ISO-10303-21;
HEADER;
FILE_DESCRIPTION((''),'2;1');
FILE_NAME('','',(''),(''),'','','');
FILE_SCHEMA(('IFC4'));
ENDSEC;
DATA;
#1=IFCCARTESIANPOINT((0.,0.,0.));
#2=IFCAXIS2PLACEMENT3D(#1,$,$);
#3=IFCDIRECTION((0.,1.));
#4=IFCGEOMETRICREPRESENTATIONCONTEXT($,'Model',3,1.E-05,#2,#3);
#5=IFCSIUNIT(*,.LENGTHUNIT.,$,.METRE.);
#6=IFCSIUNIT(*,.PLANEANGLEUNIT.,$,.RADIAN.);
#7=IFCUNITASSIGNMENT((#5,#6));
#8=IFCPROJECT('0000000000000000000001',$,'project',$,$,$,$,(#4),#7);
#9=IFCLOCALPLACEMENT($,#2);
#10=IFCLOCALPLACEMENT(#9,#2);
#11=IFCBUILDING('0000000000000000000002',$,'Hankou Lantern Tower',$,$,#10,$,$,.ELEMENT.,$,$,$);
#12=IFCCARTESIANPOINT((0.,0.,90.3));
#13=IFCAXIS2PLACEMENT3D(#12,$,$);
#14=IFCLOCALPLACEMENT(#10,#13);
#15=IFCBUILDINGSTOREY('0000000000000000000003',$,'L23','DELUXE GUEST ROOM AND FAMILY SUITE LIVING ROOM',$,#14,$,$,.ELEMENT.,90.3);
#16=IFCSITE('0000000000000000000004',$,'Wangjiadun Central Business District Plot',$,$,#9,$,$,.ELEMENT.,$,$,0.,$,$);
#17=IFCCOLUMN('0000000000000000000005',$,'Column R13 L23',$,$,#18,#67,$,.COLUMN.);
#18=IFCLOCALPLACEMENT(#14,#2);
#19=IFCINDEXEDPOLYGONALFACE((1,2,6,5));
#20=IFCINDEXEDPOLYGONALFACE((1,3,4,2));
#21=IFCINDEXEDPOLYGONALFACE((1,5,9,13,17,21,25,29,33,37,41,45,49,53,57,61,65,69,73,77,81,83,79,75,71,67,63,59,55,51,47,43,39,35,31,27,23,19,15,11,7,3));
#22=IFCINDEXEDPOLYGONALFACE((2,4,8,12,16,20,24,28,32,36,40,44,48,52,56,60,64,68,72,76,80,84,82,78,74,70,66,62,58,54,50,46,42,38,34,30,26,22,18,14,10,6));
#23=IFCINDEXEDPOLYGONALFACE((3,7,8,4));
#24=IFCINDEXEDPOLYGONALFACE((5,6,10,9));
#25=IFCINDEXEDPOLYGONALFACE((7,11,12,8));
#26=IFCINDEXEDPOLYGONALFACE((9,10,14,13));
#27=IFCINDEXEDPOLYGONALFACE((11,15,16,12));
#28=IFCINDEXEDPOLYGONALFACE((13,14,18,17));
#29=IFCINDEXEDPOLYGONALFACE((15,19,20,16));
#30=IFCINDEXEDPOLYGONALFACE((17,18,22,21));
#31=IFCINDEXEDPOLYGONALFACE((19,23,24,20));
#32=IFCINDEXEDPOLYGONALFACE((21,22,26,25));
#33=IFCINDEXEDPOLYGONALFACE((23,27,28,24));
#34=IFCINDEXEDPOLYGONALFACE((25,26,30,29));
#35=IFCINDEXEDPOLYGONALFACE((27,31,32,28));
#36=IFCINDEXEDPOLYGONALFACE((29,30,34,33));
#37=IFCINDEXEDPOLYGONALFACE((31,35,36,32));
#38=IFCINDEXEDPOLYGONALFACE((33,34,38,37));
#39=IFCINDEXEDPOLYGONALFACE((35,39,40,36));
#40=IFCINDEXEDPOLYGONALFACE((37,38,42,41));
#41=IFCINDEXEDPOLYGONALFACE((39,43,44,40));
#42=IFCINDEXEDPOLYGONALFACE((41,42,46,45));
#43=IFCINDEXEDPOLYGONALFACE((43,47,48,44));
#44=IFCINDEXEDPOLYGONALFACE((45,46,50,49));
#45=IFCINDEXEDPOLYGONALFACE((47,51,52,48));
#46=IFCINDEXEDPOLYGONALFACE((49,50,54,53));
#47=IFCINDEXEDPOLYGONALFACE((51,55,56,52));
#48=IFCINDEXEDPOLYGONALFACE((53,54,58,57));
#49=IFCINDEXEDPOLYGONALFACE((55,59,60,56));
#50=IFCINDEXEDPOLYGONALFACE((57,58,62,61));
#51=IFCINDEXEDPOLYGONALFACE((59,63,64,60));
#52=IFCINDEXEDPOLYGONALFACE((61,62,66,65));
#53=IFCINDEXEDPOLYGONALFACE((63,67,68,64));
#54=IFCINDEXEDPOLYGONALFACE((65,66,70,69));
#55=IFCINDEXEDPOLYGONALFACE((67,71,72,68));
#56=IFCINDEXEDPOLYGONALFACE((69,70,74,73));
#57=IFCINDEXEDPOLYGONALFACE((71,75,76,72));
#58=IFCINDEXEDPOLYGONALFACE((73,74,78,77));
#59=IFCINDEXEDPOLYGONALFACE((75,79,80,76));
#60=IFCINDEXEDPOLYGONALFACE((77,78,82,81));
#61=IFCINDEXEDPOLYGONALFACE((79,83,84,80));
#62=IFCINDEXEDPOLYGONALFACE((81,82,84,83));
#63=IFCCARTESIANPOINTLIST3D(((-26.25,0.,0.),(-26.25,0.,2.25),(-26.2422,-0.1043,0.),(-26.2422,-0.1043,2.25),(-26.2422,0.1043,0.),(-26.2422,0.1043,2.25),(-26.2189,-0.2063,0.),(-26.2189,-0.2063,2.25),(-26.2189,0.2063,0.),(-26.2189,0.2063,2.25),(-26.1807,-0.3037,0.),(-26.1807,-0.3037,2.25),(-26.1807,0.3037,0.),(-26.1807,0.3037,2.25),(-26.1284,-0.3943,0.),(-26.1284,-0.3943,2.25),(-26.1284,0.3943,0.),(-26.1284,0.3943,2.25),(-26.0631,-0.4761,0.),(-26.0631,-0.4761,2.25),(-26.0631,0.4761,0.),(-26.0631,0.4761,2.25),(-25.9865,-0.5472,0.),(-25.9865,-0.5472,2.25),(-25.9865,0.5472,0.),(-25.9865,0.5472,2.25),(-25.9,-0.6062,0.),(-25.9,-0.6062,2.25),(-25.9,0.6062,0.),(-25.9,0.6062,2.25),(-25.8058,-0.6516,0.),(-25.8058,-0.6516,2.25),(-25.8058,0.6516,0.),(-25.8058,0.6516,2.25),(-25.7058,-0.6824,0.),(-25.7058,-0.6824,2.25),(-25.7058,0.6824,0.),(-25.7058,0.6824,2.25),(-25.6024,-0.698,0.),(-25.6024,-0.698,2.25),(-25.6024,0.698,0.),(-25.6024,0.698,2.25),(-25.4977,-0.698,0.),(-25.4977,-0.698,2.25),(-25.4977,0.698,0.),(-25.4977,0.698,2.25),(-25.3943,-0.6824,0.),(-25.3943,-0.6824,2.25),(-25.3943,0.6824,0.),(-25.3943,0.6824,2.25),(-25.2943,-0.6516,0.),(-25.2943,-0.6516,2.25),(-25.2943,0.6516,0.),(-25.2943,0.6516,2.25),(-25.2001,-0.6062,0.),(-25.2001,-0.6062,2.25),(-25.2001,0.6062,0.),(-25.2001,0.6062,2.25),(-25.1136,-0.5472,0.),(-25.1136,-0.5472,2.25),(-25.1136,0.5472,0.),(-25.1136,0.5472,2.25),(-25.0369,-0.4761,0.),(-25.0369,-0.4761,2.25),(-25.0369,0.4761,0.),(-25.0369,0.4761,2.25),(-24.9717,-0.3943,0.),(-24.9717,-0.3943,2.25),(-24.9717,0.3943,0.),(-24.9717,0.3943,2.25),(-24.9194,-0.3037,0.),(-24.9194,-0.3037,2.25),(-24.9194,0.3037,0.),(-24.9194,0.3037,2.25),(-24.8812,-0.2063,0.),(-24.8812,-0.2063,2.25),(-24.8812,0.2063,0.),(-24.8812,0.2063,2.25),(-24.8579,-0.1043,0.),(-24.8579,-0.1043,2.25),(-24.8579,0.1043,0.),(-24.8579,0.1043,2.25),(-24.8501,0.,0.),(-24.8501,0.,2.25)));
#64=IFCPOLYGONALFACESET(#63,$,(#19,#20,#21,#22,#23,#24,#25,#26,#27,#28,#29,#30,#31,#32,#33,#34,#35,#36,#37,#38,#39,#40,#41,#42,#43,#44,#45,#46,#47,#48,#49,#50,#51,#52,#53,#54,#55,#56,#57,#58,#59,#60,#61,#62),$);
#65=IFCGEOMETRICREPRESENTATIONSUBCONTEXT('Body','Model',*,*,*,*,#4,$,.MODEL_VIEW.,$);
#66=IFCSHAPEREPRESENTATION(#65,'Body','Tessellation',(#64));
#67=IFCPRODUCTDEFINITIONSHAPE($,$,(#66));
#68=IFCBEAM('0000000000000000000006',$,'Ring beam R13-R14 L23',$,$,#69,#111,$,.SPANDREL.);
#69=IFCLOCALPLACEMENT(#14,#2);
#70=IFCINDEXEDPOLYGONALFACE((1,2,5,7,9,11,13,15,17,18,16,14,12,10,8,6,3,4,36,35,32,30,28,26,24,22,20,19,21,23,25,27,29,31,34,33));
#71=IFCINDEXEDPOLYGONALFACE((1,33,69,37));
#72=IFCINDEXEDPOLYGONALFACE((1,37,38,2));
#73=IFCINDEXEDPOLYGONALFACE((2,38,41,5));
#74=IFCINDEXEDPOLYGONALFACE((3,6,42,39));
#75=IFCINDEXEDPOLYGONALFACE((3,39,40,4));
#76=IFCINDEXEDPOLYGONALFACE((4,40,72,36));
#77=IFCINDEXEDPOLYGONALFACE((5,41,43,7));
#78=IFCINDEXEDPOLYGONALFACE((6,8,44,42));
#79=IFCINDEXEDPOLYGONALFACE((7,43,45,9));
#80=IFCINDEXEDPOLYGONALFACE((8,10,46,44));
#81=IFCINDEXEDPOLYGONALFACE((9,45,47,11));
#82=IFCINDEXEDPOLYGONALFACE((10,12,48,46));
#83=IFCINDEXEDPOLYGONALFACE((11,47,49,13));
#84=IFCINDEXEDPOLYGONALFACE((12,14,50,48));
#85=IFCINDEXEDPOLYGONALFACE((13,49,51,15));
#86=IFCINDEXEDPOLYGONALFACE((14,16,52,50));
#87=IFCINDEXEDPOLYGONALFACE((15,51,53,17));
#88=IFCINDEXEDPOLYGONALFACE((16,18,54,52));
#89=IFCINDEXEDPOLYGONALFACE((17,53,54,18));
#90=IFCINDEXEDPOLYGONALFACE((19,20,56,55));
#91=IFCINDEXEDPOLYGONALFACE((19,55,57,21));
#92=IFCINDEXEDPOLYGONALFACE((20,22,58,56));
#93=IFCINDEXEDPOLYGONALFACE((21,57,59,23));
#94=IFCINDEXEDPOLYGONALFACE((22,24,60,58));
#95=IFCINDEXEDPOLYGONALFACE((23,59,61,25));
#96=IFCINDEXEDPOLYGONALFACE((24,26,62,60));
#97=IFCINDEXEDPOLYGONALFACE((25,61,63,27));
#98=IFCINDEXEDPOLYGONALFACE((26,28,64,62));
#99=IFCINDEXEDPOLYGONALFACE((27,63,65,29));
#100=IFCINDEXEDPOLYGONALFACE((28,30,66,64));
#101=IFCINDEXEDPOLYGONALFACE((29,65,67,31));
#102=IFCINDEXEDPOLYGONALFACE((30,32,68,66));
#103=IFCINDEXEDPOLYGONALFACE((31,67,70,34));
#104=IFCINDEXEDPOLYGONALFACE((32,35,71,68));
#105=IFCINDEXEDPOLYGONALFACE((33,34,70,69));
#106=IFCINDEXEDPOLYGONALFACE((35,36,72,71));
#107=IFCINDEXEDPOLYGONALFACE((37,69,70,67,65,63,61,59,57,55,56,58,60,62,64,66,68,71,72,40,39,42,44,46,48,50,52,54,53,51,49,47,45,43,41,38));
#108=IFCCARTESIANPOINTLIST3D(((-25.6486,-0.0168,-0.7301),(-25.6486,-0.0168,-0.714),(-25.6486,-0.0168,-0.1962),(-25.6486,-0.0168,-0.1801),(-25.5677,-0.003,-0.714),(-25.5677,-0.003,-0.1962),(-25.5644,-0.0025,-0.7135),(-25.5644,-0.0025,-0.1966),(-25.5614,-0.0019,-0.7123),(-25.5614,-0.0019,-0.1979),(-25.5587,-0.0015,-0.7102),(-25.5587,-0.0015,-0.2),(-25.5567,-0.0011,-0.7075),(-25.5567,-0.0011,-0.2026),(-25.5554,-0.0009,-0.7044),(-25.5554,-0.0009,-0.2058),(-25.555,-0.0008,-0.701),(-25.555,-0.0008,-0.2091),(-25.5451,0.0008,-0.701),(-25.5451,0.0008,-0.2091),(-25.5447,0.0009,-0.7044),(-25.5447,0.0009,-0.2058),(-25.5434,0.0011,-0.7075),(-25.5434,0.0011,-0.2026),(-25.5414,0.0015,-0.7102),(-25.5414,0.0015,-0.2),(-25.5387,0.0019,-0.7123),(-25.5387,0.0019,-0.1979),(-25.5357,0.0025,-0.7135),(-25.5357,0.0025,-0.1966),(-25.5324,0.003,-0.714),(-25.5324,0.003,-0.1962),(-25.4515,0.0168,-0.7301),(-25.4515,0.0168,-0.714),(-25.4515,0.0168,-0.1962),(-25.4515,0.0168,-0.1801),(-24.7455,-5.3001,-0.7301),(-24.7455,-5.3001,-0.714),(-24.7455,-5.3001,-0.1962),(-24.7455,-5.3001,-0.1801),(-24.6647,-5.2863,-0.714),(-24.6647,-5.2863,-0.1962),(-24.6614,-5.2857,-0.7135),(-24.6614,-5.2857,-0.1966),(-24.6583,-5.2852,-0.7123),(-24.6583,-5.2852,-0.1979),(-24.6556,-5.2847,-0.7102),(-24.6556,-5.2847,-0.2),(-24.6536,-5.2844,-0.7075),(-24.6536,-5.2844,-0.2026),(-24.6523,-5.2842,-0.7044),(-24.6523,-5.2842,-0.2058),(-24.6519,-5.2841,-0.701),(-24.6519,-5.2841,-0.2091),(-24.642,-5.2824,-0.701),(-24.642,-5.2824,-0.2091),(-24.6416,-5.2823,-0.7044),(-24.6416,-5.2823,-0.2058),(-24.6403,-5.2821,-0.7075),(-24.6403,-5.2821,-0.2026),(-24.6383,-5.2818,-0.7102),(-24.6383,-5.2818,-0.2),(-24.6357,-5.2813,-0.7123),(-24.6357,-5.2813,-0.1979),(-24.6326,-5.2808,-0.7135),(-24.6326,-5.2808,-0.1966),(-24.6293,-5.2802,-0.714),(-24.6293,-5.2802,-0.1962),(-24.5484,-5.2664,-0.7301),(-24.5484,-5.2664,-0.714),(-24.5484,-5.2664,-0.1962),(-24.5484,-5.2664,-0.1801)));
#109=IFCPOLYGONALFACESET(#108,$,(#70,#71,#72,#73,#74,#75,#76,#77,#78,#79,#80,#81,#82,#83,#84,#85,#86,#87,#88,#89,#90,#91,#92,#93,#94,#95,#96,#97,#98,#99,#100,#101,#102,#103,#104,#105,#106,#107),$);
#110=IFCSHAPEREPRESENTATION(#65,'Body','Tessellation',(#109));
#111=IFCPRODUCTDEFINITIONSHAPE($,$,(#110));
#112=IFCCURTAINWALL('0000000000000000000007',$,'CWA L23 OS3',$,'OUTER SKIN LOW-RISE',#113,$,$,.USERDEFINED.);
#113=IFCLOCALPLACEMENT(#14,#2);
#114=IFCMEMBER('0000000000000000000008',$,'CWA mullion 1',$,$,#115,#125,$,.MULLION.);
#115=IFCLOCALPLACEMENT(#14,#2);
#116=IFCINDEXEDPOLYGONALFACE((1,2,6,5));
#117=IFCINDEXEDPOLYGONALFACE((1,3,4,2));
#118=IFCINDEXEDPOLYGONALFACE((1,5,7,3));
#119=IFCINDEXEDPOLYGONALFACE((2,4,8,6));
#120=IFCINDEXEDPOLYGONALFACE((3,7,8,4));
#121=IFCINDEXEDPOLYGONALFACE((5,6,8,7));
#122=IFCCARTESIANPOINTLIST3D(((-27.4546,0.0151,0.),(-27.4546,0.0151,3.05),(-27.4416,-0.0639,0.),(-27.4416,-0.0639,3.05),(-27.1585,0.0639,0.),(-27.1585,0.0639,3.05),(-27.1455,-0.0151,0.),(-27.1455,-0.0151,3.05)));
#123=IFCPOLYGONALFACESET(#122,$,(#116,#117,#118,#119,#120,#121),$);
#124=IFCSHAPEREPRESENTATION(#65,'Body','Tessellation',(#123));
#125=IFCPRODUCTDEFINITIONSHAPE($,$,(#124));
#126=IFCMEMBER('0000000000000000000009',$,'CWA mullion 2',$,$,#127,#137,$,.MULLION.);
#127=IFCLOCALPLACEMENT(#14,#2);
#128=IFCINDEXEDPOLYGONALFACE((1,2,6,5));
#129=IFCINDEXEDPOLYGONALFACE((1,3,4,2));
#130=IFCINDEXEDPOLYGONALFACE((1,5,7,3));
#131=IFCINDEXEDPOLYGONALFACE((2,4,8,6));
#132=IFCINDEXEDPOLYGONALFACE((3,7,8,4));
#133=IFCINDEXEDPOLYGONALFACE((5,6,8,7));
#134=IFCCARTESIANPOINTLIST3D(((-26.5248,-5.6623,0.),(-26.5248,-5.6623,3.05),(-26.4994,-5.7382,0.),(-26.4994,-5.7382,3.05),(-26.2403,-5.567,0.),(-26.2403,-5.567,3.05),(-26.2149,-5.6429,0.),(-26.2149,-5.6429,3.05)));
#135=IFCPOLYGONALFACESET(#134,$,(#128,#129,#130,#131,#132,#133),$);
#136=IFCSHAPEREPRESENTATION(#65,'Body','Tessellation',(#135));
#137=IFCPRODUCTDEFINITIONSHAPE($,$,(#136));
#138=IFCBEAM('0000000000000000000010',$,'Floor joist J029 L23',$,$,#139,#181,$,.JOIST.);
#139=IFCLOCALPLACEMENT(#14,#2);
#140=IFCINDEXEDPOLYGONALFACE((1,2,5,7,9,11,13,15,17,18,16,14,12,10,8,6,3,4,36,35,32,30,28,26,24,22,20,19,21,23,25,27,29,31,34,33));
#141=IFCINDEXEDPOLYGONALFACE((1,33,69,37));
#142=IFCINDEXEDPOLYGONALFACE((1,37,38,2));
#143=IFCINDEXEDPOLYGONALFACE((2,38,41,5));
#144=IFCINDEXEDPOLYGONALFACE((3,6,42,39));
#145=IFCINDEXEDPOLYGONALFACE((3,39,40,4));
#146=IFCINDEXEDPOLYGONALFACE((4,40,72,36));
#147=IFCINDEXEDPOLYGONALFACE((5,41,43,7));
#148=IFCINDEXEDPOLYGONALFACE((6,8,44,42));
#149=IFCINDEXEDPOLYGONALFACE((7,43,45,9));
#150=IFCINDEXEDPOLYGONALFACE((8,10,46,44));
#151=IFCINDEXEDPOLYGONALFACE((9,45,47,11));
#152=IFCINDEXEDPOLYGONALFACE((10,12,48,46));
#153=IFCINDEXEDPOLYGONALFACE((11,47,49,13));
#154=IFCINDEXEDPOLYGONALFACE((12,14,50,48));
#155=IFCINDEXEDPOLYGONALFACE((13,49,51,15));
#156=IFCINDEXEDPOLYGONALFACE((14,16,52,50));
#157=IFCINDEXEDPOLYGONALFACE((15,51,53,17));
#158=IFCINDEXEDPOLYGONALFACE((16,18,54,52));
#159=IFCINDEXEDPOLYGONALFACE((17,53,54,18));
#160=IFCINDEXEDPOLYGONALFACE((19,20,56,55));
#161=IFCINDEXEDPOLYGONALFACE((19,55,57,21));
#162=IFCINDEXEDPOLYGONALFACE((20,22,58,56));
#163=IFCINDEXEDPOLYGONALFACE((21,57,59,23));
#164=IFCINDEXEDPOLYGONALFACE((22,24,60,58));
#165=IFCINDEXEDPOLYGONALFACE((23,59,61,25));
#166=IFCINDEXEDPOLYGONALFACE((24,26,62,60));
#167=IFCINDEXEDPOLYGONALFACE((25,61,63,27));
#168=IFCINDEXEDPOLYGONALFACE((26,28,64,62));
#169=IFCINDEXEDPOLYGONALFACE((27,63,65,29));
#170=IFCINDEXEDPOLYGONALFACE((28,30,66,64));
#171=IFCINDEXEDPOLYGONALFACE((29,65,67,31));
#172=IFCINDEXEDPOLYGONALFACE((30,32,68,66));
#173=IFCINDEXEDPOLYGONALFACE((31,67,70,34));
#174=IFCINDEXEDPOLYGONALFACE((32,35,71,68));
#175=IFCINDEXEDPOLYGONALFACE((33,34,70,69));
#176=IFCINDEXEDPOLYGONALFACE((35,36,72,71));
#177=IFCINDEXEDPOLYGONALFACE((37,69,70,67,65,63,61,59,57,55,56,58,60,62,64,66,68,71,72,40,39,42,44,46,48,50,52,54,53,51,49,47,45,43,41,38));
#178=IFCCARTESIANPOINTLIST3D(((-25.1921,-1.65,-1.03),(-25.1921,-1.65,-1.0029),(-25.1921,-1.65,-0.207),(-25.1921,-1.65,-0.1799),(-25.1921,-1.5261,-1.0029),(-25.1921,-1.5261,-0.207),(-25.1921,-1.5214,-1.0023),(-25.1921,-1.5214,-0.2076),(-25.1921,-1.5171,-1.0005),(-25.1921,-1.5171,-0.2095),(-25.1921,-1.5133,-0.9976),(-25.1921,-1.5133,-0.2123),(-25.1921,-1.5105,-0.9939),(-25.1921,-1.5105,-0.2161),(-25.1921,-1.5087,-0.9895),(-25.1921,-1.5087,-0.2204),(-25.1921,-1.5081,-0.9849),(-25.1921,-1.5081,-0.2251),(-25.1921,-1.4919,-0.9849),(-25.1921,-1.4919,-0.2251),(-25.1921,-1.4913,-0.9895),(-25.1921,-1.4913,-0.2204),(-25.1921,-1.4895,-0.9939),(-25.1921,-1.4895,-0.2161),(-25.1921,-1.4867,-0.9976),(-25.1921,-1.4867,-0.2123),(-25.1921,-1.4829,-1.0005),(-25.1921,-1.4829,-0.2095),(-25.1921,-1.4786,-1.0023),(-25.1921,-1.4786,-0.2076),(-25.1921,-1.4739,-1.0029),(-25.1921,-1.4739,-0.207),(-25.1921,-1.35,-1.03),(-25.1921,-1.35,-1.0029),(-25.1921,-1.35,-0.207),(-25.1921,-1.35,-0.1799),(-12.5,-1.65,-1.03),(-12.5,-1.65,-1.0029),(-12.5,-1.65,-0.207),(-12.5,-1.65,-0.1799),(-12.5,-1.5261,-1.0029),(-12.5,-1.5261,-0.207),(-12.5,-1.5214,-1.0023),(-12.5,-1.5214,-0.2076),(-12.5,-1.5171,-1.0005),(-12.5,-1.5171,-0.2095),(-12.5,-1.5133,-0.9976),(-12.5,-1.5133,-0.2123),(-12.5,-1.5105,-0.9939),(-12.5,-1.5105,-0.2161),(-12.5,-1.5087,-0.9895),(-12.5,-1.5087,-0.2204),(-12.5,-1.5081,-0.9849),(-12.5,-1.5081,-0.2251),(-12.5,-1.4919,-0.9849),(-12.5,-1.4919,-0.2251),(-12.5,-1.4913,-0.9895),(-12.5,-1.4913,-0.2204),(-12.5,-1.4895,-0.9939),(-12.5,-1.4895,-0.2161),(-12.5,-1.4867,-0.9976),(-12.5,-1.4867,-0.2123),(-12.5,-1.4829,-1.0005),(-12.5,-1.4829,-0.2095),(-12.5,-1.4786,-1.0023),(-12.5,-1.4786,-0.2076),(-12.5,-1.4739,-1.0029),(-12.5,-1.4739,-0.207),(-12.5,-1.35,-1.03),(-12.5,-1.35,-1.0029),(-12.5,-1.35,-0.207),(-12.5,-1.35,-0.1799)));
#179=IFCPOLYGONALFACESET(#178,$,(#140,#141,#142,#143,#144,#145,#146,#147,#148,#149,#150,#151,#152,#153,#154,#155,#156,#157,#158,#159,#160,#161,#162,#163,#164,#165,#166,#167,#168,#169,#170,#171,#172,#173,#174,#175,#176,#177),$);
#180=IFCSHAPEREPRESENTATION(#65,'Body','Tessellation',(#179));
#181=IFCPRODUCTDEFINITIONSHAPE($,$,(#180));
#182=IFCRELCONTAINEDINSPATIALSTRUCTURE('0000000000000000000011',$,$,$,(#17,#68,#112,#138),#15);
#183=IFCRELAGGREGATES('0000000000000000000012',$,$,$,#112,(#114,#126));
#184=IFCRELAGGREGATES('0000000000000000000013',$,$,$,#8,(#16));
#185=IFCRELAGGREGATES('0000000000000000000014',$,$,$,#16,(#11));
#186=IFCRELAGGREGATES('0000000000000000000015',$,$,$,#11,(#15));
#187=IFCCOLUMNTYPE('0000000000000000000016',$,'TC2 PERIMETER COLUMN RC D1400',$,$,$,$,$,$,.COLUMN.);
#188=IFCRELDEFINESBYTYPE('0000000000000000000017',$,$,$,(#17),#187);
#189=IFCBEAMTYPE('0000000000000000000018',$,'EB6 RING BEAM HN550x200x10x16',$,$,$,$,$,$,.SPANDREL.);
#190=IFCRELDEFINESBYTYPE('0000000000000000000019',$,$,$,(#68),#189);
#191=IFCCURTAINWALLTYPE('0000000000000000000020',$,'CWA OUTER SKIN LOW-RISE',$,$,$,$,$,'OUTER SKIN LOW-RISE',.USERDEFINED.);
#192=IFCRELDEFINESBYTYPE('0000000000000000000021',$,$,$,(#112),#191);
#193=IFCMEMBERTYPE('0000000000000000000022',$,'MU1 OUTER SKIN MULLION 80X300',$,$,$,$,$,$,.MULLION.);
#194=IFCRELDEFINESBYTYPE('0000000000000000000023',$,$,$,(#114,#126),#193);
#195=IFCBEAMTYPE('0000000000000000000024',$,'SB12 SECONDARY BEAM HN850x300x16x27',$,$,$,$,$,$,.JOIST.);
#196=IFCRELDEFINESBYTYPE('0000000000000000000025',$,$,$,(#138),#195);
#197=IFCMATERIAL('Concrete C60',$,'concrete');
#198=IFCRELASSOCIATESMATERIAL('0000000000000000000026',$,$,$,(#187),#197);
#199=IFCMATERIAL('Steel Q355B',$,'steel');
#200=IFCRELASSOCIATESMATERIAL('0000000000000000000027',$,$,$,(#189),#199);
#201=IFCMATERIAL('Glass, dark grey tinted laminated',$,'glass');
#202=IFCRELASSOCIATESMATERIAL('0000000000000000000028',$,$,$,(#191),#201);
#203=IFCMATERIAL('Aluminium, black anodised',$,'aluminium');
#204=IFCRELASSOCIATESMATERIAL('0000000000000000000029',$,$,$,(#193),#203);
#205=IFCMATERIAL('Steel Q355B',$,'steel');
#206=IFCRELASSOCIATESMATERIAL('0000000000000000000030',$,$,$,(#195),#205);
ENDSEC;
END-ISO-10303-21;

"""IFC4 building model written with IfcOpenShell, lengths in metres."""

from ifc_helpers import new_model, si_unit, direction, frame, origin, origin_2d, place, context, subcontext, project, spatial, rectangle, circle, i_section, extrude, clip, halfspace, material, material_profile, profile_set, type_object, element, aggregate, save


model = new_model("IFC4")

# Units and contexts
model_context = context("Model", 3, precision=1e-05, world=origin(), true_north=direction((0.0, 1.0)))
body_context = subcontext(model_context, "Body", "Model", "MODEL_VIEW")
ifc_project = project(units=[si_unit("LENGTHUNIT", "METRE"), si_unit("PLANEANGLEUNIT", "RADIAN")], contexts=[model_context])

# Site, building, storey
site_placement = place(None, origin())
site = spatial("IfcSite", under=ifc_project, at=site_placement, Name="Wangjiadun Central Business District Plot", CompositionType="ELEMENT", RefElevation=0.0)
building_placement = place(site_placement, origin())
building = spatial("IfcBuilding", under=site, at=building_placement, Name="Hankou Lantern Tower", CompositionType="ELEMENT")
storey_placement = place(building_placement, frame((0.0, 0.0, 90.3)))
storey = spatial("IfcBuildingStorey", under=building, at=storey_placement, Name="L23", Description="DELUXE GUEST ROOM AND FAMILY SUITE LIVING ROOM", CompositionType="ELEMENT", Elevation=90.3)

# Column
ifc_material_1 = material(Name="Concrete C60", Category="concrete")
ifc_material_profile_1 = material_profile(ifc_material_1, circle(Radius=0.7, at=origin_2d()), Name="RC D1400")
ifc_profile_set_1 = profile_set([ifc_material_profile_1], Name="Concrete C60")
column_type = type_object("IfcColumnType", Name="TC2 PERIMETER COLUMN RC D1400", PredefinedType="COLUMN", material=ifc_profile_set_1)
column_placement = place(storey_placement, frame((-25.55, 0.0, 0.0), z_axis=(0.0, 0.0, 1.0), x_axis=(1.0, 0.0, 0.0)))
element("IfcColumn", 1, at=column_placement, inside=storey, type_object=column_type, Name="Column R13 L23", PredefinedType="COLUMN", context=body_context, shape_type="Clipping", body=[
    clip(extrude(circle(Radius=0.7, at=origin_2d()), origin(), (0.0, 0.0, 1.0), 3.3), halfspace(frame((0.0, 0.0, 2.25), z_axis=(0.0, 0.0, 1.0), x_axis=(1.0, 0.0, 0.0)), False)),
])

# Beam
ifc_material_2 = material(Name="Steel Q355B", Category="steel")
ifc_material_profile_2 = material_profile(ifc_material_2, i_section(OverallWidth=0.2, OverallDepth=0.55, WebThickness=0.01, FlangeThickness=0.0161, FilletRadius=0.0129, at=origin_2d()), Name="HN550x200x10x16")
ifc_profile_set_2 = profile_set([ifc_material_profile_2], Name="Steel Q355B")
beam_type_1 = type_object("IfcBeamType", Name="EB6 RING BEAM HN550x200x10x16", PredefinedType="SPANDREL", material=ifc_profile_set_2)
beam_placement = place(storey_placement, frame((-25.55, 0.0, -0.4551), z_axis=(0.16849, -0.985703, 0.0), x_axis=(0.985703, 0.16849, 0.0)))
element("IfcBeam", 2, at=beam_placement, inside=storey, type_object=beam_type_1, Name="Ring beam R13-R14 L23", PredefinedType="SPANDREL", context=body_context, shape_type="SweptSolid", body=[
    extrude(i_section(OverallWidth=0.2, OverallDepth=0.55, WebThickness=0.01, FlangeThickness=0.0161, FilletRadius=0.0129, at=origin_2d()), origin(), (0.0, 0.0, 1.0), 5.3599),
])

# Curtain wall, members
ifc_material_3 = material(Name="Glass, dark grey tinted laminated", Category="glass")
curtain_wall_type = type_object("IfcCurtainWallType", Name="CWA OUTER SKIN LOW-RISE", ElementType="OUTER SKIN LOW-RISE", PredefinedType="USERDEFINED", material=ifc_material_3)
curtain_wall_1_placement = place(storey_placement, origin())
curtain_wall_1 = element("IfcCurtainWall", 3, at=curtain_wall_1_placement, inside=storey, type_object=curtain_wall_type, Name="CWA L23 OS3", ObjectType="OUTER SKIN LOW-RISE", PredefinedType="USERDEFINED")
ifc_material_4 = material(Name="Aluminium, black anodised", Category="aluminium")
ifc_material_profile_3 = material_profile(ifc_material_4, rectangle(XDim=0.0801, YDim=0.3, at=origin_2d()), Name="MU1 80X300")
ifc_profile_set_3 = profile_set([ifc_material_profile_3], Name="Aluminium, black anodised")
member_type_1 = type_object("IfcMemberType", Name="MU1 OUTER SKIN MULLION 80X300", PredefinedType="MULLION", material=ifc_profile_set_3)
member_1_placement = place(storey_placement, frame((-27.3, 0.0, 0.0), z_axis=(0.0, 0.0, 1.0), x_axis=(0.162382, -0.986728, 0.0)))
member_1 = element("IfcMember", 4, at=member_1_placement, type_object=member_type_1, Name="CWA mullion 1", PredefinedType="MULLION", context=body_context, shape_type="SweptSolid", body=[
    extrude(rectangle(XDim=0.0801, YDim=0.3, at=origin_2d()), origin(), (0.0, 0.0, 1.0), 3.05),
])
member_2_placement = place(storey_placement, frame((-26.3699, -5.6526, 0.0), z_axis=(0.0, 0.0, 1.0), x_axis=(0.317596, -0.948226, 0.0)))
member_2 = element("IfcMember", 5, at=member_2_placement, type_object=member_type_1, Name="CWA mullion 2", PredefinedType="MULLION", context=body_context, shape_type="SweptSolid", body=[
    extrude(rectangle(XDim=0.0801, YDim=0.3, at=origin_2d()), origin(), (0.0, 0.0, 1.0), 3.05),
])

# Beam
ifc_material_5 = material(Name="Steel Q355B", Category="steel")
ifc_material_profile_4 = material_profile(ifc_material_5, i_section(OverallWidth=0.3, OverallDepth=0.8501, WebThickness=0.0161, FlangeThickness=0.0271, FilletRadius=0.0181, at=origin_2d()), Name="HN850x300x16x27")
ifc_profile_set_4 = profile_set([ifc_material_profile_4], Name="Steel Q355B")
beam_type_2 = type_object("IfcBeamType", Name="SB12 SECONDARY BEAM HN850x300x16x27", PredefinedType="JOIST", material=ifc_profile_set_4)
for number, where, z_axis, x_axis, name in (
    (6, (-25.1921, -1.5, -0.605), (1.0, 0.0, 0.0), (0.0, 1.0, 0.0), "Floor joist J029 L23"),
):
    element("IfcBeam", number, at=place(storey_placement, frame(where, z_axis=z_axis, x_axis=x_axis)), inside=storey, type_object=beam_type_2, Name=name, PredefinedType="JOIST", context=body_context, shape_type="SweptSolid", body=[
        extrude(i_section(OverallWidth=0.3, OverallDepth=0.8501, WebThickness=0.0161, FlangeThickness=0.0271, FilletRadius=0.0181, at=origin_2d()), origin(), (0.0, 0.0, 1.0), 12.6921),
    ])

aggregate(curtain_wall_1, [member_1, member_2])

save(model, "model.ifc")
